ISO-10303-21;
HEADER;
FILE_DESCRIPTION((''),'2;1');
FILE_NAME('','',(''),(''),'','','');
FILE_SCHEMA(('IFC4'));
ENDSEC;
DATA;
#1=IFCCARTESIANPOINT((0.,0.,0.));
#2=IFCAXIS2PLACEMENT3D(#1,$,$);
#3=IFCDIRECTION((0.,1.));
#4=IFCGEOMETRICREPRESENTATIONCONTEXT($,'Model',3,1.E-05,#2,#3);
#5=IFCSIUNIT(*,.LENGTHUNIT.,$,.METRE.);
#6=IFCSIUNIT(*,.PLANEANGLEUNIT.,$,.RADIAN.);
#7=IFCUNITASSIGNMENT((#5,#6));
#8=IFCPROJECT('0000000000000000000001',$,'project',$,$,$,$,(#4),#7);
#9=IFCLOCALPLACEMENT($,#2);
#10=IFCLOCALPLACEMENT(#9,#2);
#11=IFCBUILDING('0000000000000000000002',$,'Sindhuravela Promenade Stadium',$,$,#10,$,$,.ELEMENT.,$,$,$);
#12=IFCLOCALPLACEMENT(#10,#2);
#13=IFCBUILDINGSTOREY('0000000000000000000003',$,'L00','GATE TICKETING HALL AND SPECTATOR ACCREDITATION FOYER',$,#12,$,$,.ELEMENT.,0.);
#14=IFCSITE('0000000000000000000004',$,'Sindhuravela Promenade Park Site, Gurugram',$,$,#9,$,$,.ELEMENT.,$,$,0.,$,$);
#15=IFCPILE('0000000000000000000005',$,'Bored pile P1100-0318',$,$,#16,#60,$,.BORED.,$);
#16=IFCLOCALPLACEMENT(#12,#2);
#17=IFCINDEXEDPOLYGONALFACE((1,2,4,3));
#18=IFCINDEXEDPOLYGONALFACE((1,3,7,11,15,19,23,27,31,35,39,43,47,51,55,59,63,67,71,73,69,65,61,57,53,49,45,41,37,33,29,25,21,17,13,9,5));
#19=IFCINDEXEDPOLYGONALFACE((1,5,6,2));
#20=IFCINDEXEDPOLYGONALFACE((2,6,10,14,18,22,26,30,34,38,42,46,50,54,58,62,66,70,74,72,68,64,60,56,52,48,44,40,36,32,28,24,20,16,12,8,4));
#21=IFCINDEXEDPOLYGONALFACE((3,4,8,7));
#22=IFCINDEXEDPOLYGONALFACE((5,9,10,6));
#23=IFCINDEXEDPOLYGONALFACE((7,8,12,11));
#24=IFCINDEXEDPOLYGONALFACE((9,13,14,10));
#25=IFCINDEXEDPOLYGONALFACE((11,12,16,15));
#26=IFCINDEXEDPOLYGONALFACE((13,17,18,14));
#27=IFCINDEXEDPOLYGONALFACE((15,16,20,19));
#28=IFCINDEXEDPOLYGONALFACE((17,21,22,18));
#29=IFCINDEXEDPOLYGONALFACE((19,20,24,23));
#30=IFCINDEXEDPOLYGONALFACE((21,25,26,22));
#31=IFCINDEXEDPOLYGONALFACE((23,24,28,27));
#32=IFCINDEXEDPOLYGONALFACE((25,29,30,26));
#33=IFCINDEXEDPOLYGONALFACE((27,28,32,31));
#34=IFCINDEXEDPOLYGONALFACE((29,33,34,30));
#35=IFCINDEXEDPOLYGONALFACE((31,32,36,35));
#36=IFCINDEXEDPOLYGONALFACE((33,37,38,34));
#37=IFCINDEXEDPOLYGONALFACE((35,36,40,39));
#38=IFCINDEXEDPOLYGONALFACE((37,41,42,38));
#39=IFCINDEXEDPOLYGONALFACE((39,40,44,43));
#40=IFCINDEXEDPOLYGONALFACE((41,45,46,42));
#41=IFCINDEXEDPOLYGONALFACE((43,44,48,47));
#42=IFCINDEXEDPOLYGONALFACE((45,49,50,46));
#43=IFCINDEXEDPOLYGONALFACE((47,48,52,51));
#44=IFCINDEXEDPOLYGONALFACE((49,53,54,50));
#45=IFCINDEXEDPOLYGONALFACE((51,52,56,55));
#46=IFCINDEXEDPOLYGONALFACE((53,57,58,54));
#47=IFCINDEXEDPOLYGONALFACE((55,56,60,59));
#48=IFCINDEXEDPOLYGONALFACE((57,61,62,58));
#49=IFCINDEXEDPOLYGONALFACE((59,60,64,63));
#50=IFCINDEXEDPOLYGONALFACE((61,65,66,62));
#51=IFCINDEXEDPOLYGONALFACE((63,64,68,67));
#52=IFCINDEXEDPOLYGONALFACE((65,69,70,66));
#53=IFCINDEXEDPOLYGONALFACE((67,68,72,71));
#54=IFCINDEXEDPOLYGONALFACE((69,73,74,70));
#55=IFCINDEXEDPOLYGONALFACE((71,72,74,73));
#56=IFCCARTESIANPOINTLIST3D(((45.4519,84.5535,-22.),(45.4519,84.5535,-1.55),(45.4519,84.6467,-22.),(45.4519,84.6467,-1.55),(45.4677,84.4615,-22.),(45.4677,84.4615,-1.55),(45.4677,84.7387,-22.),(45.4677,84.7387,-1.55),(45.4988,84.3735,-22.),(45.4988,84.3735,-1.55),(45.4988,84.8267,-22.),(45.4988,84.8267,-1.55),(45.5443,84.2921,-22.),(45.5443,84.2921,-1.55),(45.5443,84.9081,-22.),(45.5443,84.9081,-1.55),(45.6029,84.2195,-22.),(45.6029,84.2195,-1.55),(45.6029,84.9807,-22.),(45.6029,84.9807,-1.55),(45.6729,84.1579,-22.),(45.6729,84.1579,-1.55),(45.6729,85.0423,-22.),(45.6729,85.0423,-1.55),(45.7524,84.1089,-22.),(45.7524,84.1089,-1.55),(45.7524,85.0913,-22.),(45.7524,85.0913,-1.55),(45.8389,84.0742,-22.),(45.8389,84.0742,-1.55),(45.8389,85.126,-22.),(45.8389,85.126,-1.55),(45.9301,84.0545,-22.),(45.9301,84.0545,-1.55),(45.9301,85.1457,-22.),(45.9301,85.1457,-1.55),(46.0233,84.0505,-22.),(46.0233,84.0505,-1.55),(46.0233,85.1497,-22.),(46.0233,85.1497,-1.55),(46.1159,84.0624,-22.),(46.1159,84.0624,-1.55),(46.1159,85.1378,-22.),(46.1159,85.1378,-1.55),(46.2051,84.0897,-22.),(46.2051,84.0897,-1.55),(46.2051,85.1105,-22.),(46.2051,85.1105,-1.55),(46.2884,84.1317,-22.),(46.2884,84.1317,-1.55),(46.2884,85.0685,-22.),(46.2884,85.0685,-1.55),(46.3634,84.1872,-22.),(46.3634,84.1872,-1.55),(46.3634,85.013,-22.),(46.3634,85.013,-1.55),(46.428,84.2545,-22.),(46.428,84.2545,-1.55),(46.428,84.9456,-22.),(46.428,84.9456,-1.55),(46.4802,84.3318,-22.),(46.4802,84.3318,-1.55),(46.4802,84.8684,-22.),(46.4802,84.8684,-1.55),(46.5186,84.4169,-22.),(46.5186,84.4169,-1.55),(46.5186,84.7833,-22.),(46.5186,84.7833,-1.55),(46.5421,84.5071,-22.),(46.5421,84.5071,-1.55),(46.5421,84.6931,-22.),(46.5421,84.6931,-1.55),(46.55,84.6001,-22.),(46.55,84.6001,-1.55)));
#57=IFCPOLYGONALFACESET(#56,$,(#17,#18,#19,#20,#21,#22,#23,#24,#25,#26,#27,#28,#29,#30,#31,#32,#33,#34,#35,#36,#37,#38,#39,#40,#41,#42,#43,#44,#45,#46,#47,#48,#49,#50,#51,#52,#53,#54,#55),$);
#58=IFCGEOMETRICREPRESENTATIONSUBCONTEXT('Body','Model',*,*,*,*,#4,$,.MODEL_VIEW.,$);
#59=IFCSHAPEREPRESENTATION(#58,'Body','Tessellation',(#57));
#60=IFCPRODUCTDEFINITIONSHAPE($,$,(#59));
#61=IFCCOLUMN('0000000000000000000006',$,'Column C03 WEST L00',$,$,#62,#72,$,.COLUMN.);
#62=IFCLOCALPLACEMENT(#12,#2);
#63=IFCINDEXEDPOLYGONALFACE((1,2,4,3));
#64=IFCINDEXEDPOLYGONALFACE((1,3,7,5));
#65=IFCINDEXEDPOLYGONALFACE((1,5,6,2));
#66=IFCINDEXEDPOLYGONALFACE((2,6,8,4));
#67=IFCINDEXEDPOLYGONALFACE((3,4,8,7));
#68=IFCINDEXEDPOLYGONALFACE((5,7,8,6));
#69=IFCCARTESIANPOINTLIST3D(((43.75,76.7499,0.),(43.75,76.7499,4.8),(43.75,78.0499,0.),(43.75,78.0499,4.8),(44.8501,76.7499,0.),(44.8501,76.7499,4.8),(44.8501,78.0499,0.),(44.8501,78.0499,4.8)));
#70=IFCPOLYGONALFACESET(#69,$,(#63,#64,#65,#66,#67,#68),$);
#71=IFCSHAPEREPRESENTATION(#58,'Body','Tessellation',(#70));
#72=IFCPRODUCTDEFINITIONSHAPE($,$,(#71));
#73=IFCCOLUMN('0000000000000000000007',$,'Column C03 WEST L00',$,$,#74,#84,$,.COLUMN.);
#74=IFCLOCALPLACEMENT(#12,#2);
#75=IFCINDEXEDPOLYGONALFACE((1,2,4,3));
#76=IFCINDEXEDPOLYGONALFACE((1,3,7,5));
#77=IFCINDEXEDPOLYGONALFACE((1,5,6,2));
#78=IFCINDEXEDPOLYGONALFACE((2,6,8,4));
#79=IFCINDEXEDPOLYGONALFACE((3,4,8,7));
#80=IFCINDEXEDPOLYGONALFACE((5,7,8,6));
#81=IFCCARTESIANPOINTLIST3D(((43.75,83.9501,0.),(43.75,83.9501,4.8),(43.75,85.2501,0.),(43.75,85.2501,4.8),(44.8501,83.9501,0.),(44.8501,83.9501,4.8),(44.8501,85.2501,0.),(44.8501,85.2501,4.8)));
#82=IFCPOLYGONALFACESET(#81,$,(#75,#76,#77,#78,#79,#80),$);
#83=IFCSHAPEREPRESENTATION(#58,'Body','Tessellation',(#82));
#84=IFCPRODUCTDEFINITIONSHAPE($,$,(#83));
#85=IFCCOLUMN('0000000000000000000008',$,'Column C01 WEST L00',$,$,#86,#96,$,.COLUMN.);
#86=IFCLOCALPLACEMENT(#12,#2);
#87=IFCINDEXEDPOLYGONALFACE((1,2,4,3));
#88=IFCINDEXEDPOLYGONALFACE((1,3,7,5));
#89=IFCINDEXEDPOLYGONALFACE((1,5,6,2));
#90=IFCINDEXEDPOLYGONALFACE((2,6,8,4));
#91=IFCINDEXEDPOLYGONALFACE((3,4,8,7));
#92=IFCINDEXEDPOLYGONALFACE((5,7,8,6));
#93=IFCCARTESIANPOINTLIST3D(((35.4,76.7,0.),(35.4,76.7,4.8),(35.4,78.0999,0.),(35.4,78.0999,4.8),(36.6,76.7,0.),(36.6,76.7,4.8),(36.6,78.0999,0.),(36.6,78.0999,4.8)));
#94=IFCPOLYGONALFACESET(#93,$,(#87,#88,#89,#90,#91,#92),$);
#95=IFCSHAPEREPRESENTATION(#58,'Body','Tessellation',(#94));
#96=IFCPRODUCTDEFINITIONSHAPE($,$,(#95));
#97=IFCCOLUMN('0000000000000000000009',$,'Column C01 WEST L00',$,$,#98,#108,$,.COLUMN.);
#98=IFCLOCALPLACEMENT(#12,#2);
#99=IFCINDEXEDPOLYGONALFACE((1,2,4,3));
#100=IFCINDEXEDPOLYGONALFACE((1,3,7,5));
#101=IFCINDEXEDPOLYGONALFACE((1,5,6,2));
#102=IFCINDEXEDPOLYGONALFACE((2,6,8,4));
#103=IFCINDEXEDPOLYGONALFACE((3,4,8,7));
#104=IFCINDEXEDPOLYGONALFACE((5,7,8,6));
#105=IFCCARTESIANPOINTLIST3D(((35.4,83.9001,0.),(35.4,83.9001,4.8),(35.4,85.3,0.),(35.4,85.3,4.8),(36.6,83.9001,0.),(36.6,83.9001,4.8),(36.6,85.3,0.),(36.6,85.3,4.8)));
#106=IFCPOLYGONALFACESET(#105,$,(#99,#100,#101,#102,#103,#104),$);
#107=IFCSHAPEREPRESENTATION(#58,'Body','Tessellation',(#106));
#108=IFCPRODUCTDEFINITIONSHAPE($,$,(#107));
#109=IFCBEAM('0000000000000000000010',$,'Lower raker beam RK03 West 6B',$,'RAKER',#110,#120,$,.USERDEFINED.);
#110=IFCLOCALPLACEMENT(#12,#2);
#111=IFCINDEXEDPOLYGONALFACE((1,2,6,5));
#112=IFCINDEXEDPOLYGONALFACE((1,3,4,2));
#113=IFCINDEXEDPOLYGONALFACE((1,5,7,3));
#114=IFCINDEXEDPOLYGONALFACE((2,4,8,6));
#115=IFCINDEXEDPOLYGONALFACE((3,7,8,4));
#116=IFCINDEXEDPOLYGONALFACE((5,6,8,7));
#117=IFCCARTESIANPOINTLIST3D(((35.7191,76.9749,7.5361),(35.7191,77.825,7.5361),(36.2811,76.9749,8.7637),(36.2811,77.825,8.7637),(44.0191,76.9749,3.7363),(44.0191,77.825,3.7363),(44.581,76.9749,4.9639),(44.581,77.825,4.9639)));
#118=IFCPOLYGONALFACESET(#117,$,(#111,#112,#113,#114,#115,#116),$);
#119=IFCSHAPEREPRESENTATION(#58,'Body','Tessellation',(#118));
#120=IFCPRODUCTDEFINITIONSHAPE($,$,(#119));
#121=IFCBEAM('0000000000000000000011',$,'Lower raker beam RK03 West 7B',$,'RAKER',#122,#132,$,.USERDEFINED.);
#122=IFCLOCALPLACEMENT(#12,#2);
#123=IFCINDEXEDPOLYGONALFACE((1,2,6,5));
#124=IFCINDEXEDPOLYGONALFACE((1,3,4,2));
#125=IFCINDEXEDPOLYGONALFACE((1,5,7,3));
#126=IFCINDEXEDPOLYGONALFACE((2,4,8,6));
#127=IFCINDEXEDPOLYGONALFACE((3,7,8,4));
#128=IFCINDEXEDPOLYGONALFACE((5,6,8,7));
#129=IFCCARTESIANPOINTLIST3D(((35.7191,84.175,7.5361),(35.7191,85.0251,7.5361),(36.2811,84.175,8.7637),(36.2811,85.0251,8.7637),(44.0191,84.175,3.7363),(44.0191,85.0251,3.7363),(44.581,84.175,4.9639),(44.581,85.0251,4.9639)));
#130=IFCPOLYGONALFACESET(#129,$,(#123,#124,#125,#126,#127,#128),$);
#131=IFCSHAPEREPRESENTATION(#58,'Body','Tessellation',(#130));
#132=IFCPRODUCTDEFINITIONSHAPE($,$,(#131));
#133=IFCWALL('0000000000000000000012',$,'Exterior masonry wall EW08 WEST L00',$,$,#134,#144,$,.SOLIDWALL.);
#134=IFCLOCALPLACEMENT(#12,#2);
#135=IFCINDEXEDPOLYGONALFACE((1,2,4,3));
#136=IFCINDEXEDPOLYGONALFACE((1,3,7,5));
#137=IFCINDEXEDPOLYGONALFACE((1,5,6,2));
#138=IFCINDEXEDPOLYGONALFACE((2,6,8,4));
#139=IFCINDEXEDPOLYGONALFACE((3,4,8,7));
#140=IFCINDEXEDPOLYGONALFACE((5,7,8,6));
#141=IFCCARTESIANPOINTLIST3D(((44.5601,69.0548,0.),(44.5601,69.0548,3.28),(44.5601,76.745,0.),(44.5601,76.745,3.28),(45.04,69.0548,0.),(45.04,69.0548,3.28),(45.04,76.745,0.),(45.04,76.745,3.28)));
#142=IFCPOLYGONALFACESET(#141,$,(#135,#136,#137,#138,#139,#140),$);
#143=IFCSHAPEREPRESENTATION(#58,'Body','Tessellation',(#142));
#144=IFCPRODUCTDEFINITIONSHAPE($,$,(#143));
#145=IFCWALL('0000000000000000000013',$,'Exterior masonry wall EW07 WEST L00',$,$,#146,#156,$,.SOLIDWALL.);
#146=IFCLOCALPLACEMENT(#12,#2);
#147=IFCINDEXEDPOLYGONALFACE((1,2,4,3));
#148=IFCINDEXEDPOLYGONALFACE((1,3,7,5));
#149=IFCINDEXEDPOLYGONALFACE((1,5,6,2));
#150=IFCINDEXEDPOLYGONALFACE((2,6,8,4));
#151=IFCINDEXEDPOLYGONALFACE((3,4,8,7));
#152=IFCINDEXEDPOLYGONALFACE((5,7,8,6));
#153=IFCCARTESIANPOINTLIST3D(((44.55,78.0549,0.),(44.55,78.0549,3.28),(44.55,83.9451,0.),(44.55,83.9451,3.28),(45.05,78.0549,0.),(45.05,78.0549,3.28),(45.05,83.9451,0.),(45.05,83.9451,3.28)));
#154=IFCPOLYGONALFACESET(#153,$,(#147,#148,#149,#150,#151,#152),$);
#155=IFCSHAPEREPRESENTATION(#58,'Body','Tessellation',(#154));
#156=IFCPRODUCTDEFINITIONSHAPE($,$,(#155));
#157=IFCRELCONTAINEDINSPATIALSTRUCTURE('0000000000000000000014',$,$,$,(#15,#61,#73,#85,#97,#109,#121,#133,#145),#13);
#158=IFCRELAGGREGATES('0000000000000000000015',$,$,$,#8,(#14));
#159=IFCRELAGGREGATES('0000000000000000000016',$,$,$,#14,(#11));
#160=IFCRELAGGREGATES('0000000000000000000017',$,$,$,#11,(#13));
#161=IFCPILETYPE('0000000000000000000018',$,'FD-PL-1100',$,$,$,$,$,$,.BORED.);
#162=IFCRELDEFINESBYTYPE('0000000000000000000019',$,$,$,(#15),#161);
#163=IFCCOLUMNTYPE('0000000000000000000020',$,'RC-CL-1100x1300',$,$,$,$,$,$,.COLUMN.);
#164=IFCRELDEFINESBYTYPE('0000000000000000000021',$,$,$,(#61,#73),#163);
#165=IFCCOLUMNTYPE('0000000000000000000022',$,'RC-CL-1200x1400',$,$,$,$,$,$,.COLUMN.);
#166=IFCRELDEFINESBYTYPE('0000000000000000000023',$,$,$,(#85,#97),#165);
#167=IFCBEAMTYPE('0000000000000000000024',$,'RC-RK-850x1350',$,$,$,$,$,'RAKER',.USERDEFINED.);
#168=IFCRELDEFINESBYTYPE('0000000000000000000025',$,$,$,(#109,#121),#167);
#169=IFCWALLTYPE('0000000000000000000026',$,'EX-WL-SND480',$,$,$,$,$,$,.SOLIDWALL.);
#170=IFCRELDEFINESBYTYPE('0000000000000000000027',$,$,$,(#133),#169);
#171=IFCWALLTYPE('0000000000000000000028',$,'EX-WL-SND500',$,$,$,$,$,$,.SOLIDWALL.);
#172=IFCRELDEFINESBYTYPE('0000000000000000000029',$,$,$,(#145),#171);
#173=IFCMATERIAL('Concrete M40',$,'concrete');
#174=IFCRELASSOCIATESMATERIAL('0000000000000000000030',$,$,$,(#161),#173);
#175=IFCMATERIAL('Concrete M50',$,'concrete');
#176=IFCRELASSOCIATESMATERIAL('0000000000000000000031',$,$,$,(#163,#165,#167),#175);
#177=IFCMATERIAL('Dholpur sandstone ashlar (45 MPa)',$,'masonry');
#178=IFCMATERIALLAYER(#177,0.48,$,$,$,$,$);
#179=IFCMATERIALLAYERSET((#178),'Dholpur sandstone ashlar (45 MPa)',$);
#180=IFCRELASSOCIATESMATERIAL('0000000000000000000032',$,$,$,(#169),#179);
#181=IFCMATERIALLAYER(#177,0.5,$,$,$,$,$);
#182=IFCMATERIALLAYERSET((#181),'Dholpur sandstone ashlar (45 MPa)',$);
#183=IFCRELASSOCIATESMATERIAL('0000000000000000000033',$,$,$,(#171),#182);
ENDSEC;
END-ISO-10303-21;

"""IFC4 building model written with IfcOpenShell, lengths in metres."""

from ifc_helpers import new_model, si_unit, direction, frame, frame_2d, origin, origin_2d, place, context, subcontext, project, spatial, rectangle, circle, extrude, material, layer, layer_set, material_profile, profile_set, type_object, element, save


model = new_model("IFC4")

# Units and contexts
model_context = context("Model", 3, precision=1e-05, world=origin(), true_north=direction((0.0, 1.0)))
body_context = subcontext(model_context, "Body", "Model", "MODEL_VIEW")
ifc_project = project(units=[si_unit("LENGTHUNIT", "METRE"), si_unit("PLANEANGLEUNIT", "RADIAN")], contexts=[model_context])

# Site, building, storey
site_placement = place(None, origin())
site = spatial("IfcSite", under=ifc_project, at=site_placement, Name="Sindhuravela Promenade Park Site, Gurugram", CompositionType="ELEMENT", RefElevation=0.0)
building_placement = place(site_placement, origin())
building = spatial("IfcBuilding", under=site, at=building_placement, Name="Sindhuravela Promenade Stadium", CompositionType="ELEMENT")
storey_placement = place(building_placement, origin())
storey = spatial("IfcBuildingStorey", under=building, at=storey_placement, Name="L00", Description="GATE TICKETING HALL AND SPECTATOR ACCREDITATION FOYER", CompositionType="ELEMENT", Elevation=0.0)

# Shared definitions
ifc_material_1 = material(Name="Concrete M50", Category="concrete")

# Pile
ifc_material_2 = material(Name="Concrete M40", Category="concrete")
ifc_material_profile_1 = material_profile(ifc_material_2, circle(Radius=0.55, at=origin_2d()), Name="BORED PILE D1100")
ifc_profile_set_1 = profile_set([ifc_material_profile_1], Name="Concrete M40")
pile_type = type_object("IfcPileType", Name="FD-PL-1100", PredefinedType="BORED", material=ifc_profile_set_1)
for number, where, z_axis, x_axis, name in (
    (1, (46.0, 84.6001, -1.55), (0.0, 0.0, -1.0), (1.0, 0.0, 0.0), "Bored pile P1100-0318"),
):
    element("IfcPile", number, at=place(storey_placement, frame(where, z_axis=z_axis, x_axis=x_axis)), inside=storey, type_object=pile_type, Name=name, PredefinedType="BORED", context=body_context, shape_type="SweptSolid", body=[
        extrude(circle(Radius=0.55, at=origin_2d()), origin(), (0.0, 0.0, 1.0), 20.45),
    ])

# Columns
ifc_material_profile_2 = material_profile(ifc_material_1, rectangle(XDim=1.1001, YDim=1.3, at=origin_2d()), Name="RC 1100x1300")
ifc_profile_set_2 = profile_set([ifc_material_profile_2], Name="Concrete M50")
column_type_1 = type_object("IfcColumnType", Name="RC-CL-1100x1300", PredefinedType="COLUMN", material=ifc_profile_set_2)
for number, where, z_axis, x_axis, name in (
    (2, (44.3, 77.3999, 0.0), (0.0, 0.0, 1.0), (1.0, 0.0, 0.0), "Column C03 WEST L00"),
    (3, (44.3, 84.6001, 0.0), (0.0, 0.0, 1.0), (1.0, 0.0, 0.0), "Column C03 WEST L00"),
):
    element("IfcColumn", number, at=place(storey_placement, frame(where, z_axis=z_axis, x_axis=x_axis)), inside=storey, type_object=column_type_1, Name=name, PredefinedType="COLUMN", context=body_context, shape_type="SweptSolid", body=[
        extrude(rectangle(XDim=1.1001, YDim=1.3, at=origin_2d()), origin(), (0.0, 0.0, 1.0), 4.8),
    ])
ifc_material_profile_3 = material_profile(ifc_material_1, rectangle(XDim=1.2, YDim=1.3999, at=origin_2d()), Name="RC 1200x1400")
ifc_profile_set_3 = profile_set([ifc_material_profile_3], Name="Concrete M50")
column_type_2 = type_object("IfcColumnType", Name="RC-CL-1200x1400", PredefinedType="COLUMN", material=ifc_profile_set_3)
for number, where, z_axis, x_axis, name in (
    (4, (36.0, 77.3999, 0.0), (0.0, 0.0, 1.0), (1.0, 0.0, 0.0), "Column C01 WEST L00"),
    (5, (36.0, 84.6001, 0.0), (0.0, 0.0, 1.0), (1.0, 0.0, 0.0), "Column C01 WEST L00"),
):
    element("IfcColumn", number, at=place(storey_placement, frame(where, z_axis=z_axis, x_axis=x_axis)), inside=storey, type_object=column_type_2, Name=name, PredefinedType="COLUMN", context=body_context, shape_type="SweptSolid", body=[
        extrude(rectangle(XDim=1.2, YDim=1.3999, at=origin_2d()), origin(), (0.0, 0.0, 1.0), 4.8),
    ])

# Beams
ifc_material_profile_4 = material_profile(ifc_material_1, rectangle(XDim=0.8501, YDim=1.3501, at=origin_2d()), Name="RC 850x1350")
ifc_profile_set_4 = profile_set([ifc_material_profile_4], Name="Concrete M50")
beam_type = type_object("IfcBeamType", Name="RC-RK-850x1350", ElementType="RAKER", PredefinedType="USERDEFINED", material=ifc_profile_set_4)
for number, where, z_axis, x_axis, name in (
    (6, (44.3, 77.3999, 4.3501), (-0.909247, 0.0, 0.416258), (0.0, -1.0, 0.0), "Lower raker beam RK03 West 6B"),
    (7, (44.3, 84.6001, 4.3501), (-0.909247, 0.0, 0.416258), (0.0, -1.0, 0.0), "Lower raker beam RK03 West 7B"),
):
    element("IfcBeam", number, at=place(storey_placement, frame(where, z_axis=z_axis, x_axis=x_axis)), inside=storey, type_object=beam_type, Name=name, ObjectType="RAKER", PredefinedType="USERDEFINED", context=body_context, shape_type="SweptSolid", body=[
        extrude(rectangle(XDim=0.8501, YDim=1.3501, at=origin_2d()), origin(), (0.0, 0.0, 1.0), 9.1284),
    ])

# Walls
ifc_material_3 = material(Name="Dholpur sandstone ashlar (45 MPa)", Category="masonry")
ifc_layer_1 = layer(ifc_material_3, 0.48)
ifc_layer_set_1 = layer_set([ifc_layer_1], Name="Dholpur sandstone ashlar (45 MPa)")
wall_type_1 = type_object("IfcWallType", Name="EX-WL-SND480", PredefinedType="SOLIDWALL", material=ifc_layer_set_1)
wall_1_placement = place(storey_placement, frame((44.8, 76.7451, 0.0), z_axis=(0.0, 0.0, 1.0), x_axis=(0.0, -1.0, 0.0)))
element("IfcWall", 8, at=wall_1_placement, inside=storey, type_object=wall_type_1, Name="Exterior masonry wall EW08 WEST L00", PredefinedType="SOLIDWALL", context=body_context, shape_type="SweptSolid", body=[
    extrude(rectangle(XDim=7.6902, YDim=0.48, at=frame_2d((3.8452, 0.0))), origin(), (0.0, 0.0, 1.0), 3.28),
])
ifc_layer_2 = layer(ifc_material_3, 0.5)
ifc_layer_set_2 = layer_set([ifc_layer_2], Name="Dholpur sandstone ashlar (45 MPa)")
wall_type_2 = type_object("IfcWallType", Name="EX-WL-SND500", PredefinedType="SOLIDWALL", material=ifc_layer_set_2)
wall_2_placement = place(storey_placement, frame((44.8, 83.9451, 0.0), z_axis=(0.0, 0.0, 1.0), x_axis=(0.0, -1.0, 0.0)))
element("IfcWall", 9, at=wall_2_placement, inside=storey, type_object=wall_type_2, Name="Exterior masonry wall EW07 WEST L00", PredefinedType="SOLIDWALL", context=body_context, shape_type="SweptSolid", body=[
    extrude(rectangle(XDim=5.8901, YDim=0.5, at=frame_2d((2.9451, 0.0))), origin(), (0.0, 0.0, 1.0), 3.28),
])

save(model, "model.ifc")
